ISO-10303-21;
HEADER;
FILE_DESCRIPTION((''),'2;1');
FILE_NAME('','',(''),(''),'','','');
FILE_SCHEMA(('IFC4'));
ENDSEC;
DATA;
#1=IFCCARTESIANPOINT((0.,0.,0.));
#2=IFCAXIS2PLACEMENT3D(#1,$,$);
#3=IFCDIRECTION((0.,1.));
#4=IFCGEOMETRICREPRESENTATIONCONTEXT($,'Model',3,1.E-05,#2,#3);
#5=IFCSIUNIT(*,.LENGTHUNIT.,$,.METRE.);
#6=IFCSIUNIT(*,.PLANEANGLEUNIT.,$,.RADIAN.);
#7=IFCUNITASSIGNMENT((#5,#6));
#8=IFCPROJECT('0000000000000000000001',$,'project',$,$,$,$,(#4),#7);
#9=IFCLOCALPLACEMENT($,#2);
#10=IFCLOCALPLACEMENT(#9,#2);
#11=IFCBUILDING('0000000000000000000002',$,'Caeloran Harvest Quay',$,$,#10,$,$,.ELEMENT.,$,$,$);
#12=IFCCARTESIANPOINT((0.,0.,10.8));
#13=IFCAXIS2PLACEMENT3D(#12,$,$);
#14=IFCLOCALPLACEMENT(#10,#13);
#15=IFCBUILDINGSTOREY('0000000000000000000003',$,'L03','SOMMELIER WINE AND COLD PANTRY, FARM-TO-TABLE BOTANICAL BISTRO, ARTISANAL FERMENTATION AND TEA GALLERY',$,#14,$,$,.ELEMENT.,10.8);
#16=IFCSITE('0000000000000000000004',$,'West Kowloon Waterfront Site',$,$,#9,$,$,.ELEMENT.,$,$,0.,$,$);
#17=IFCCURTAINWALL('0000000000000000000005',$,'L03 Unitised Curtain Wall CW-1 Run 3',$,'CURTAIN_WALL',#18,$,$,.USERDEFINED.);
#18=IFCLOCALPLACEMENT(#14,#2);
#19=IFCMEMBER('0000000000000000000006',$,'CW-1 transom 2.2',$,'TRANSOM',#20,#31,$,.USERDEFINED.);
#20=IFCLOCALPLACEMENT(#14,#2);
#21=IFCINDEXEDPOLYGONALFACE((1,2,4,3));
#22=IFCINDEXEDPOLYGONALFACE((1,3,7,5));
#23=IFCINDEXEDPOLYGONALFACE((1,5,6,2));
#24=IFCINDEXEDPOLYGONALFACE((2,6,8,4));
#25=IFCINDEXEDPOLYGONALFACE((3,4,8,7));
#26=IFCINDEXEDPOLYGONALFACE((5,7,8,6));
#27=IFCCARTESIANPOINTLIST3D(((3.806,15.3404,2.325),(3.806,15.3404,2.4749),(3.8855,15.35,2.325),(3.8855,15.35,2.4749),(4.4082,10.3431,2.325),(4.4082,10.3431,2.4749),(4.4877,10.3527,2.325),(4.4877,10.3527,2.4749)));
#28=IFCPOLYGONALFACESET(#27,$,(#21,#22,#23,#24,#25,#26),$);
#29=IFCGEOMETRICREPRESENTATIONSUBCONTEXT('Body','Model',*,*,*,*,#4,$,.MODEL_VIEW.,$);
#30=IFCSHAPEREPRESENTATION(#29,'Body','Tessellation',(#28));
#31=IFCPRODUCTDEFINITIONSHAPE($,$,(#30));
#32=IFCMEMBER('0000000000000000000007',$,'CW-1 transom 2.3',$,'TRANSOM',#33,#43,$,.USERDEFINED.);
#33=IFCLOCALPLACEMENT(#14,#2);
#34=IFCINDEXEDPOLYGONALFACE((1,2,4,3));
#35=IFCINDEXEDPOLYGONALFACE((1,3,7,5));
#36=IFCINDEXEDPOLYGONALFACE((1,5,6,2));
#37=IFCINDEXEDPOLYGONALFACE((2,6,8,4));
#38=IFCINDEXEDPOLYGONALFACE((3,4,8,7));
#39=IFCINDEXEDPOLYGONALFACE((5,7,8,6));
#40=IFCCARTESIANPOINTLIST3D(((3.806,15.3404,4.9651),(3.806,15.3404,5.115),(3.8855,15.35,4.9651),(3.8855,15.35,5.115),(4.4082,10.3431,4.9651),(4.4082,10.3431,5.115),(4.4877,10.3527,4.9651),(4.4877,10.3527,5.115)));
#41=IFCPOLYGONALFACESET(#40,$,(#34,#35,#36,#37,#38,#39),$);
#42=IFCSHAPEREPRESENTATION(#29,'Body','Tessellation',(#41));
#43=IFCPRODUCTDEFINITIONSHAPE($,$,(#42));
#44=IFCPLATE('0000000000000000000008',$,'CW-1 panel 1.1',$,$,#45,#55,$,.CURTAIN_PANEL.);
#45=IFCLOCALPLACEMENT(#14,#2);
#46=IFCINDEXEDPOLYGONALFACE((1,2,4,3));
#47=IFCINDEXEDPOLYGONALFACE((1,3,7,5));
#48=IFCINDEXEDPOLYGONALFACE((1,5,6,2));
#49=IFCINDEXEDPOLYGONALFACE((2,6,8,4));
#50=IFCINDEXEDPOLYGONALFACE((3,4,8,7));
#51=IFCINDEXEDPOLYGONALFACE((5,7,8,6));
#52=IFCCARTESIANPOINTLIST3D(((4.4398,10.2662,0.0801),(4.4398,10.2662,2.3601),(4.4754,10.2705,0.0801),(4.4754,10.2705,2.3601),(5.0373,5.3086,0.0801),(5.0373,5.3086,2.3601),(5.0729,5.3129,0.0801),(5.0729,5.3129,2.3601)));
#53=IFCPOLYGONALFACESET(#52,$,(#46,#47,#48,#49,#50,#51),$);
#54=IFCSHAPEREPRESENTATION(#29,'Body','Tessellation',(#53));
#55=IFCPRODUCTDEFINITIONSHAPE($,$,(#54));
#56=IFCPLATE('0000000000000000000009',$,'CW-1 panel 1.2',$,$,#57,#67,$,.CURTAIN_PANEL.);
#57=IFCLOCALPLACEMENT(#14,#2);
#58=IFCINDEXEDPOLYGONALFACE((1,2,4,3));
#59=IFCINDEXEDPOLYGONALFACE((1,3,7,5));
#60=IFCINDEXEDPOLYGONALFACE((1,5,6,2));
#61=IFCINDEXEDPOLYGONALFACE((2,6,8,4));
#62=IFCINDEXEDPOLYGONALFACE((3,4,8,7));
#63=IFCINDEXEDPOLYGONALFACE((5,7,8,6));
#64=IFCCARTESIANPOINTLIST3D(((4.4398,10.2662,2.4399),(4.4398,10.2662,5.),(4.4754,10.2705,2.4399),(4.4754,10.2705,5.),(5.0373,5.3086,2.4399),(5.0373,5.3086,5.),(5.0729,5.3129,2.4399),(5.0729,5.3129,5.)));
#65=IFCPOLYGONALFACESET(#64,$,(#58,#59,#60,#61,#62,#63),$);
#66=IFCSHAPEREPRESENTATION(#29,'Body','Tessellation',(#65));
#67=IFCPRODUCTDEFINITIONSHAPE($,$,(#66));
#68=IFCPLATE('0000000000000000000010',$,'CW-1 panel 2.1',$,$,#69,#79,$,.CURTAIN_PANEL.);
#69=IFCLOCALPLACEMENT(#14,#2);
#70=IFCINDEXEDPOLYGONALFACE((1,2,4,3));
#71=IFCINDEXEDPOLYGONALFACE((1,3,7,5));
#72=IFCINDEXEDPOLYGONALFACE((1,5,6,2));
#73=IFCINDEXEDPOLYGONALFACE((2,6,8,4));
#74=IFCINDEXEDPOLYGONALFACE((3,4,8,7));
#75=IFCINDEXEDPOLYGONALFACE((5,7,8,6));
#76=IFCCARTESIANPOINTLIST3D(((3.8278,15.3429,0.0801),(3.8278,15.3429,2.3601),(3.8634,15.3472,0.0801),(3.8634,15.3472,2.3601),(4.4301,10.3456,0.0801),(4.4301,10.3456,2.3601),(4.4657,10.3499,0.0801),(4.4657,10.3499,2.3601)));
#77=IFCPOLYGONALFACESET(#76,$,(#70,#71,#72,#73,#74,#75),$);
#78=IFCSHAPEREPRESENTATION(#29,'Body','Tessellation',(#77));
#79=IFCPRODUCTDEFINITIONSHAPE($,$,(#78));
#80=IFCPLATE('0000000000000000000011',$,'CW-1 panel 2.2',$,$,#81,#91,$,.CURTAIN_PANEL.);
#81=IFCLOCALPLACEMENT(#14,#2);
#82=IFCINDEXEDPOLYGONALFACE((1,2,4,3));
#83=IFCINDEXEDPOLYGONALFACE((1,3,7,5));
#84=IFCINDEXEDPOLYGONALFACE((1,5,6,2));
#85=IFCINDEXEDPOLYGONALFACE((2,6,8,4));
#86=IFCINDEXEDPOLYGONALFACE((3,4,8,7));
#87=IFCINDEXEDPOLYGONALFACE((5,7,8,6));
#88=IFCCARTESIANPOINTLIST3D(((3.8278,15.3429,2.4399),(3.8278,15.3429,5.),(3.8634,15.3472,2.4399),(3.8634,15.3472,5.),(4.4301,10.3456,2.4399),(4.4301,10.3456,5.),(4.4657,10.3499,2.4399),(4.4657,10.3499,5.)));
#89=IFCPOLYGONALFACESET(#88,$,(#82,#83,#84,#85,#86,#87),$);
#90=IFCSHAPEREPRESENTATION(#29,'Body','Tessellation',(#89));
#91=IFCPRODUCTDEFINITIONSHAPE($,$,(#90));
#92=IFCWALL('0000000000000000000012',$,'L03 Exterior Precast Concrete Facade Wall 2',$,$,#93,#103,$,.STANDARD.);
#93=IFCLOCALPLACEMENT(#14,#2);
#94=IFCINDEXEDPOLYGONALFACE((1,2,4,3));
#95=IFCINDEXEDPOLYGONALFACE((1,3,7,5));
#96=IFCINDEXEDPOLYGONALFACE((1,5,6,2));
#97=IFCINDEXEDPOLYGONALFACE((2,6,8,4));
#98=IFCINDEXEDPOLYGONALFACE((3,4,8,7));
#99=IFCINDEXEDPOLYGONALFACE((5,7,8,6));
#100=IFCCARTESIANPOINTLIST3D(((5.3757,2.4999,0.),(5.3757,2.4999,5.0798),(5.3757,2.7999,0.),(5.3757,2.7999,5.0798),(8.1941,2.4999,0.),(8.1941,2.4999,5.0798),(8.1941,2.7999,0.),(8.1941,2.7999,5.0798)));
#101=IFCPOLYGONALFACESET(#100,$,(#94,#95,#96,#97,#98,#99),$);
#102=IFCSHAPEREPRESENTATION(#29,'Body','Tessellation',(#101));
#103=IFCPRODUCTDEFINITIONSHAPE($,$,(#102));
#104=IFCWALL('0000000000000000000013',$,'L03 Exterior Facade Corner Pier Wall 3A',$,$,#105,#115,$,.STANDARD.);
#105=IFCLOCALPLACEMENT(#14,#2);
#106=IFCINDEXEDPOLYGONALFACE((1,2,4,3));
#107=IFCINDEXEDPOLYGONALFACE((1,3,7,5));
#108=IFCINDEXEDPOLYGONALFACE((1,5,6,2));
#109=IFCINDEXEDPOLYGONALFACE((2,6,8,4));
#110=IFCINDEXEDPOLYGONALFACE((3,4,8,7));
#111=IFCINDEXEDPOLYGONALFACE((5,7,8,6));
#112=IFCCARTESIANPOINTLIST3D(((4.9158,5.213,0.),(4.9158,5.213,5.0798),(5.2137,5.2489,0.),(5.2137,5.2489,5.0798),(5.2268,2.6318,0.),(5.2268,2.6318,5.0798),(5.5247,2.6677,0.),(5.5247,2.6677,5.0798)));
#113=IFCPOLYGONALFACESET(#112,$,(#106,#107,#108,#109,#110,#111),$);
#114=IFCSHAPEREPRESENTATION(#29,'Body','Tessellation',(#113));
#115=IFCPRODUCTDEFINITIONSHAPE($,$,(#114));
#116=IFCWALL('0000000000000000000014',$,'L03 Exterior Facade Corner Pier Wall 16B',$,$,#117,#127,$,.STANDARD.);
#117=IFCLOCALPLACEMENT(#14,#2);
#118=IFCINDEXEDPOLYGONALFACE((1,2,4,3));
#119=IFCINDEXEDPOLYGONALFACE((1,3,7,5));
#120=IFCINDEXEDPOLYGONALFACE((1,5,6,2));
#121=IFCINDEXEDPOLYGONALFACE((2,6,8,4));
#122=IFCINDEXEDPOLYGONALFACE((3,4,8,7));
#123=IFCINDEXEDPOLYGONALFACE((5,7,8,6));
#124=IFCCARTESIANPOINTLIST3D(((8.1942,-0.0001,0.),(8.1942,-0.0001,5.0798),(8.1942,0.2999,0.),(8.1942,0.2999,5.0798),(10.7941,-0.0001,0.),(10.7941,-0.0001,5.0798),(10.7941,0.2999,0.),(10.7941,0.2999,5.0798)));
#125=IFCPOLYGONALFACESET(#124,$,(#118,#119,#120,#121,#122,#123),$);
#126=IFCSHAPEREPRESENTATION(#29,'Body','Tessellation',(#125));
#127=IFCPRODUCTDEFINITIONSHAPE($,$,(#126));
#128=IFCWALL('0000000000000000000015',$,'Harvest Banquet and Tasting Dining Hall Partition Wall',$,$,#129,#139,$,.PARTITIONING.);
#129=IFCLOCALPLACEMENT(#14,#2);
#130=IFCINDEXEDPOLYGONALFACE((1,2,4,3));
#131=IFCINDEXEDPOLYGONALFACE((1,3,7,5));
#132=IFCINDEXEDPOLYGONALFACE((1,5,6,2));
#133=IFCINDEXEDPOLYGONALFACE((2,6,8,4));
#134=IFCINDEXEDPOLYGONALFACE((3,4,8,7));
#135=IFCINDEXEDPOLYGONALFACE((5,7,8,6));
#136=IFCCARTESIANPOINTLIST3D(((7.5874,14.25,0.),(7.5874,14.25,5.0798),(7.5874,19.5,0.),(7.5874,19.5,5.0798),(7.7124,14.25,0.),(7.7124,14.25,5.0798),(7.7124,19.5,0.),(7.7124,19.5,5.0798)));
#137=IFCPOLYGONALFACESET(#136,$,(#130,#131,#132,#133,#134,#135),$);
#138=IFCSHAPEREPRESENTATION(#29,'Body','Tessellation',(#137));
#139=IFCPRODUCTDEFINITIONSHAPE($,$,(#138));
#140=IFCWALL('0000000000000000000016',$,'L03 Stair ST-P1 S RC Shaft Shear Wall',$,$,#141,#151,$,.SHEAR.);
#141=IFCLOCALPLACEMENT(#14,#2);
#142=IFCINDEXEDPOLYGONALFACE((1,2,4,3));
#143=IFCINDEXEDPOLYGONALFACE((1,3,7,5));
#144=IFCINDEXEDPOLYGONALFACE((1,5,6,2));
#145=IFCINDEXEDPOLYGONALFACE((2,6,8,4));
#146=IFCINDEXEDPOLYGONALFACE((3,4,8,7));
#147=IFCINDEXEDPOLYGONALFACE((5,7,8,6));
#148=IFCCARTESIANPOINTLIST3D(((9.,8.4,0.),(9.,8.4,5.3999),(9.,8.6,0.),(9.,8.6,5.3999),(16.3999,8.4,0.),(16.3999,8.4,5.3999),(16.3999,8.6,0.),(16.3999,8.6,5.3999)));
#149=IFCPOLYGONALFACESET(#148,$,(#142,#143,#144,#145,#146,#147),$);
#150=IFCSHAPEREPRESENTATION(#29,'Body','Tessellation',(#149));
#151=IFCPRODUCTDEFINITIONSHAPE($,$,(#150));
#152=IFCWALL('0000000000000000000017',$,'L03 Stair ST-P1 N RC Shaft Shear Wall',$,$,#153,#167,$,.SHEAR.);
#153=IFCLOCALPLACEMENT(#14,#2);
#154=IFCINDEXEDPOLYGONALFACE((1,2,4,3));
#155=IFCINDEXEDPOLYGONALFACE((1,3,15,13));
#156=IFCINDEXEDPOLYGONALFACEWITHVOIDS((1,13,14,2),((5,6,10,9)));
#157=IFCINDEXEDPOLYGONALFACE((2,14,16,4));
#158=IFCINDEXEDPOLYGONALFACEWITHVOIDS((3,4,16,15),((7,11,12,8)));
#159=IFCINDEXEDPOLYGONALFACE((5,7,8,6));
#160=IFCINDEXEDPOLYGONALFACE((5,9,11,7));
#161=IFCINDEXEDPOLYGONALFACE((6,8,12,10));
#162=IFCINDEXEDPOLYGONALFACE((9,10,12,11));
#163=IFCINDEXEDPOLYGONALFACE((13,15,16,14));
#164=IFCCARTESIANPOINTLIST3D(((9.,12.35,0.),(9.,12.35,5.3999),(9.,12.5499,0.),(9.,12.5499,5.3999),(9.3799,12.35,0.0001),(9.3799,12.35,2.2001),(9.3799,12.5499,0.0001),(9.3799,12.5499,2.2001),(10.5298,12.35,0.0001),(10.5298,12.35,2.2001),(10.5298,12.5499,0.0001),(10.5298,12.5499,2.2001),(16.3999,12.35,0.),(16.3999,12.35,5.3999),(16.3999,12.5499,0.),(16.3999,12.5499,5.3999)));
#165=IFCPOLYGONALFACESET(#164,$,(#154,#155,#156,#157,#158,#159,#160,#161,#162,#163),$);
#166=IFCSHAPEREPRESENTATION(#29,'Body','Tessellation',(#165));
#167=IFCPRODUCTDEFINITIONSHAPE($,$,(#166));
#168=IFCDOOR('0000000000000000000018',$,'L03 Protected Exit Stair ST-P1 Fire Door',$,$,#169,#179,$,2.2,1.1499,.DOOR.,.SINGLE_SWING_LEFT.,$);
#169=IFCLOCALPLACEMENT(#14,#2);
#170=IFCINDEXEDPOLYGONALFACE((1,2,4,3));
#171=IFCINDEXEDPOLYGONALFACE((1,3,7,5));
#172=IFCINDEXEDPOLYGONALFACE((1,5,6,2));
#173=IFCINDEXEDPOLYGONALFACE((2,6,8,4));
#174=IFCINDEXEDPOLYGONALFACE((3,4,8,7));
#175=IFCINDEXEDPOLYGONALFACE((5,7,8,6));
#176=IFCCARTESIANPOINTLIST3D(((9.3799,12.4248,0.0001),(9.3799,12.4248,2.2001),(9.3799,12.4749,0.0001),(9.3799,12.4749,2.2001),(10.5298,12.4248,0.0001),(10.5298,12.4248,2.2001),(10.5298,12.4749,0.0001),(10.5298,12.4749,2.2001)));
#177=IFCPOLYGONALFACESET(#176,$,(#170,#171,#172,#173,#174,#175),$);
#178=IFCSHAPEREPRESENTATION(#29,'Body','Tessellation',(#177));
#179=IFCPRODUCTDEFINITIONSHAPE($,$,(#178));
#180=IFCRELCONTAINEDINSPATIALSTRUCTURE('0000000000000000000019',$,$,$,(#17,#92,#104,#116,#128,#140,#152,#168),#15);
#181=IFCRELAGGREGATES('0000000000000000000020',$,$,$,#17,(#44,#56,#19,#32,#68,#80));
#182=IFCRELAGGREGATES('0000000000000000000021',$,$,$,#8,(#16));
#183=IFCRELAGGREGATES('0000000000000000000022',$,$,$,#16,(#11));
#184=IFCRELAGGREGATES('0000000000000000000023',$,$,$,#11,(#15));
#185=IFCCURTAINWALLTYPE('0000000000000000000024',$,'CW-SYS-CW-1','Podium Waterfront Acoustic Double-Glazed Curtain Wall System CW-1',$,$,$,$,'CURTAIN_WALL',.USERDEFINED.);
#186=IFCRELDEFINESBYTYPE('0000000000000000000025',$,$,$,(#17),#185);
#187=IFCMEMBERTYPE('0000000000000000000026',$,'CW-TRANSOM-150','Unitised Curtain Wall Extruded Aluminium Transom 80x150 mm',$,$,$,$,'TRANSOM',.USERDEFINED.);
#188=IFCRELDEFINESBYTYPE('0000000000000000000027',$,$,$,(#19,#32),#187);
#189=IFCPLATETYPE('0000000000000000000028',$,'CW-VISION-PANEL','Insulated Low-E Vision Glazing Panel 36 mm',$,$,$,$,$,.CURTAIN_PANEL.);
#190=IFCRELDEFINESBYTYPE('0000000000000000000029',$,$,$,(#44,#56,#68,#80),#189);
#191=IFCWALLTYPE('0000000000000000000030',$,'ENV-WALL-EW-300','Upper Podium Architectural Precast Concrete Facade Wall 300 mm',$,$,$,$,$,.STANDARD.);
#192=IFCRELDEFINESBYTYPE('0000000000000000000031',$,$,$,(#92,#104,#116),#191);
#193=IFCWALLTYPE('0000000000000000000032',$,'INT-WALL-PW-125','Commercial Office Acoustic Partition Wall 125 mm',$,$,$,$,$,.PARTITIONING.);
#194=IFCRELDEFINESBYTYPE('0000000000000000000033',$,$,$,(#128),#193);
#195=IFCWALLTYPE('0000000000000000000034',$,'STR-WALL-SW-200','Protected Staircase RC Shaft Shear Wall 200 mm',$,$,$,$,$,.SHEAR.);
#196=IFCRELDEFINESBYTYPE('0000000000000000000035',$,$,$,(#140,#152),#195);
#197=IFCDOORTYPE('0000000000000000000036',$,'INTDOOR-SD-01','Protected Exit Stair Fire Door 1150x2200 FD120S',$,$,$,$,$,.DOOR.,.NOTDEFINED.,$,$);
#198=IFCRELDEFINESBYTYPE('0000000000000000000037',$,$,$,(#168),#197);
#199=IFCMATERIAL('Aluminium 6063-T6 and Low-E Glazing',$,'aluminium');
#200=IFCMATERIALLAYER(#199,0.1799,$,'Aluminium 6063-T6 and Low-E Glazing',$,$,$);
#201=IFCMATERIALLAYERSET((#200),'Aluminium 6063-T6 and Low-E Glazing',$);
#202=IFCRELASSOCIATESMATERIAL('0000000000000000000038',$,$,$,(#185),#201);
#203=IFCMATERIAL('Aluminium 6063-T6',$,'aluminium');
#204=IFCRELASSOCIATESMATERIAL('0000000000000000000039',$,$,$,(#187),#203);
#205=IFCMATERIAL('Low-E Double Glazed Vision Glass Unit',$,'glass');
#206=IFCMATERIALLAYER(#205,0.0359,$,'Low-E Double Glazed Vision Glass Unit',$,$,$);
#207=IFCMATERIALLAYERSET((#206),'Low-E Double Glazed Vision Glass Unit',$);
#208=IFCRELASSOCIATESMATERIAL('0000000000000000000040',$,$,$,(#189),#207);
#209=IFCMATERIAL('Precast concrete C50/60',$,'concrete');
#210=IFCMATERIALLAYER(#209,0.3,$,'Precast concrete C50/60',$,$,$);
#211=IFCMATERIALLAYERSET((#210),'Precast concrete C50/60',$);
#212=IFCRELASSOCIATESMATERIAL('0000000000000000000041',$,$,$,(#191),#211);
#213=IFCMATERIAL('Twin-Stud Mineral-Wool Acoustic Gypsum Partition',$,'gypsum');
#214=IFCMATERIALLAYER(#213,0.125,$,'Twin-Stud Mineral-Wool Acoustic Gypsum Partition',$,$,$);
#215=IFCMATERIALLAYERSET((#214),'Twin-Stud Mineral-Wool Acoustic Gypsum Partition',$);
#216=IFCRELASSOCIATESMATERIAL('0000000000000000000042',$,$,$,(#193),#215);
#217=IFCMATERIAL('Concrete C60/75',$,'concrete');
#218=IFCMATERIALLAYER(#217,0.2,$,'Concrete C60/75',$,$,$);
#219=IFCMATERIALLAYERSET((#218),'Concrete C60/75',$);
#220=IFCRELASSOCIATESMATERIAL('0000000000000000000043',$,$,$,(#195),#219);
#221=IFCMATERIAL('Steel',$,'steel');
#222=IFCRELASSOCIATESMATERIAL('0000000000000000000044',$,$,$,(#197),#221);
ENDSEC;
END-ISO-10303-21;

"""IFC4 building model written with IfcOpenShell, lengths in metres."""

from ifc_helpers import new_model, si_unit, direction, frame, frame_2d, origin, origin_2d, place, context, subcontext, project, spatial, rectangle, extrude, material, layer, layer_set, material_profile, profile_set, type_object, element, fill, aggregate, save


model = new_model("IFC4")

# Units and contexts
model_context = context("Model", 3, precision=1e-05, world=origin(), true_north=direction((0.0, 1.0)))
body_context = subcontext(model_context, "Body", "Model", "MODEL_VIEW")
ifc_project = project(units=[si_unit("LENGTHUNIT", "METRE"), si_unit("PLANEANGLEUNIT", "RADIAN")], contexts=[model_context])

# Site, building, storey
site_placement = place(None, origin())
site = spatial("IfcSite", under=ifc_project, at=site_placement, Name="West Kowloon Waterfront Site", CompositionType="ELEMENT", RefElevation=0.0)
building_placement = place(site_placement, origin())
building = spatial("IfcBuilding", under=site, at=building_placement, Name="Caeloran Harvest Quay", CompositionType="ELEMENT")
storey_placement = place(building_placement, frame((0.0, 0.0, 10.8)))
storey = spatial("IfcBuildingStorey", under=building, at=storey_placement, Name="L03", Description="SOMMELIER WINE AND COLD PANTRY, FARM-TO-TABLE BOTANICAL BISTRO, ARTISANAL FERMENTATION AND TEA GALLERY", CompositionType="ELEMENT", Elevation=10.8)

# Curtain wall
ifc_material_1 = material(Name="Aluminium 6063-T6 and Low-E Glazing", Category="aluminium")
ifc_layer_1 = layer(ifc_material_1, 0.1799, Name="Aluminium 6063-T6 and Low-E Glazing")
ifc_layer_set_1 = layer_set([ifc_layer_1], Name="Aluminium 6063-T6 and Low-E Glazing")
curtain_wall_type = type_object("IfcCurtainWallType", Name="CW-SYS-CW-1", Description="Podium Waterfront Acoustic Double-Glazed Curtain Wall System CW-1", ElementType="CURTAIN_WALL", PredefinedType="USERDEFINED", material=ifc_layer_set_1)
curtain_wall_1_placement = place(storey_placement, origin())
curtain_wall_1 = element("IfcCurtainWall", 1, at=curtain_wall_1_placement, inside=storey, type_object=curtain_wall_type, Name="L03 Unitised Curtain Wall CW-1 Run 3", ObjectType="CURTAIN_WALL", PredefinedType="USERDEFINED")
ifc_material_2 = material(Name="Aluminium 6063-T6", Category="aluminium")

# Members
ifc_material_profile_1 = material_profile(ifc_material_2, rectangle(XDim=0.0801, YDim=0.1499, at=origin_2d()), Name="CW-TRANSOM-150")
ifc_profile_set_1 = profile_set([ifc_material_profile_1], Name="Aluminium 6063-T6")
member_type_1 = type_object("IfcMemberType", Name="CW-TRANSOM-150", Description="Unitised Curtain Wall Extruded Aluminium Transom 80x150 mm", ElementType="TRANSOM", PredefinedType="USERDEFINED", material=ifc_profile_set_1)
member_1_placement = place(storey_placement, frame((4.448, 10.3479, 2.3999), z_axis=(-0.119658, 0.992815, 0.0), x_axis=(-0.992815, -0.119658, 0.0)))
member_1 = element("IfcMember", 2, at=member_1_placement, type_object=member_type_1, Name="CW-1 transom 2.2", ObjectType="TRANSOM", PredefinedType="USERDEFINED", context=body_context, shape_type="SweptSolid", body=[
    extrude(rectangle(XDim=0.0801, YDim=0.1499, at=origin_2d()), origin(), (0.0, 0.0, 1.0), 5.0334),
])
member_2_placement = place(storey_placement, frame((4.448, 10.3479, 5.04), z_axis=(-0.119658, 0.992815, 0.0), x_axis=(-0.992815, -0.119658, 0.0)))
member_2 = element("IfcMember", 3, at=member_2_placement, type_object=member_type_1, Name="CW-1 transom 2.3", ObjectType="TRANSOM", PredefinedType="USERDEFINED", context=body_context, shape_type="SweptSolid", body=[
    extrude(rectangle(XDim=0.0801, YDim=0.1499, at=origin_2d()), origin(), (0.0, 0.0, 1.0), 5.0334),
])

# Plates
ifc_material_3 = material(Name="Low-E Double Glazed Vision Glass Unit", Category="glass")
ifc_layer_2 = layer(ifc_material_3, 0.0359, Name="Low-E Double Glazed Vision Glass Unit")
ifc_layer_set_2 = layer_set([ifc_layer_2], Name="Low-E Double Glazed Vision Glass Unit")
plate_type = type_object("IfcPlateType", Name="CW-VISION-PANEL", Description="Insulated Low-E Vision Glazing Panel 36 mm", PredefinedType="CURTAIN_PANEL", material=ifc_layer_set_2)
plate_1_placement = place(storey_placement, frame((4.7563, 7.7896, 0.0801), z_axis=(0.0, 0.0, 1.0), x_axis=(-0.119655, 0.992816, 0.0)))
plate_1 = element("IfcPlate", 4, at=plate_1_placement, type_object=plate_type, Name="CW-1 panel 1.1", PredefinedType="CURTAIN_PANEL", context=body_context, shape_type="SweptSolid", body=[
    extrude(rectangle(XDim=4.9934, YDim=0.0359, at=origin_2d()), origin(), (0.0, 0.0, 1.0), 2.28),
])
plate_2_placement = place(storey_placement, frame((4.7563, 7.7896, 2.4399), z_axis=(0.0, 0.0, 1.0), x_axis=(-0.119655, 0.992816, 0.0)))
plate_2 = element("IfcPlate", 5, at=plate_2_placement, type_object=plate_type, Name="CW-1 panel 1.2", PredefinedType="CURTAIN_PANEL", context=body_context, shape_type="SweptSolid", body=[
    extrude(rectangle(XDim=4.9934, YDim=0.0359, at=origin_2d()), origin(), (0.0, 0.0, 1.0), 2.5601),
])
plate_3_placement = place(storey_placement, frame((4.1467, 12.8464, 0.0801), z_axis=(0.0, 0.0, 1.0), x_axis=(-0.119655, 0.992816, 0.0)))
plate_3 = element("IfcPlate", 6, at=plate_3_placement, type_object=plate_type, Name="CW-1 panel 2.1", PredefinedType="CURTAIN_PANEL", context=body_context, shape_type="SweptSolid", body=[
    extrude(rectangle(XDim=5.0334, YDim=0.0359, at=origin_2d()), origin(), (0.0, 0.0, 1.0), 2.28),
])
plate_4_placement = place(storey_placement, frame((4.1467, 12.8464, 2.4399), z_axis=(0.0, 0.0, 1.0), x_axis=(-0.119655, 0.992816, 0.0)))
plate_4 = element("IfcPlate", 7, at=plate_4_placement, type_object=plate_type, Name="CW-1 panel 2.2", PredefinedType="CURTAIN_PANEL", context=body_context, shape_type="SweptSolid", body=[
    extrude(rectangle(XDim=5.0334, YDim=0.0359, at=origin_2d()), origin(), (0.0, 0.0, 1.0), 2.5601),
])
aggregate(curtain_wall_1, [plate_1, plate_2, member_1, member_2, plate_3, plate_4])

# Walls
ifc_material_4 = material(Name="Precast concrete C50/60", Category="concrete")
ifc_layer_3 = layer(ifc_material_4, 0.3, Name="Precast concrete C50/60")
ifc_layer_set_3 = layer_set([ifc_layer_3], Name="Precast concrete C50/60")
wall_type_1 = type_object("IfcWallType", Name="ENV-WALL-EW-300", Description="Upper Podium Architectural Precast Concrete Facade Wall 300 mm", PredefinedType="STANDARD", material=ifc_layer_set_3)
wall_1_placement = place(storey_placement, frame((8.1941, 2.6499, 0.0), z_axis=(0.0, 0.0, 1.0), x_axis=(-1.0, 0.0, 0.0)))
element("IfcWall", 8, at=wall_1_placement, inside=storey, type_object=wall_type_1, Name="L03 Exterior Precast Concrete Facade Wall 2", PredefinedType="STANDARD", context=body_context, shape_type="SweptSolid", body=[
    extrude(rectangle(XDim=2.8184, YDim=0.3, at=frame_2d((1.4092, 0.0))), origin(), (0.0, 0.0, 1.0), 5.0798),
])
for number, where, z_axis, x_axis, name in (
    (9, (5.3757, 2.6499, 0.0), (0.0, 0.0, 1.0), (-0.11963, 0.992819, 0.0), "L03 Exterior Facade Corner Pier Wall 3A"),
    (10, (10.7939, 0.1499, 0.0), (0.0, 0.0, 1.0), (-1.0, 0.0, 0.0), "L03 Exterior Facade Corner Pier Wall 16B"),
):
    element("IfcWall", number, at=place(storey_placement, frame(where, z_axis=z_axis, x_axis=x_axis)), inside=storey, type_object=wall_type_1, Name=name, PredefinedType="STANDARD", context=body_context, shape_type="SweptSolid", body=[
        extrude(rectangle(XDim=2.5999, YDim=0.3, at=frame_2d((1.2998, 0.0))), origin(), (0.0, 0.0, 1.0), 5.0798),
    ])
ifc_material_5 = material(Name="Twin-Stud Mineral-Wool Acoustic Gypsum Partition", Category="gypsum")
ifc_layer_4 = layer(ifc_material_5, 0.125, Name="Twin-Stud Mineral-Wool Acoustic Gypsum Partition")
ifc_layer_set_4 = layer_set([ifc_layer_4], Name="Twin-Stud Mineral-Wool Acoustic Gypsum Partition")
wall_type_2 = type_object("IfcWallType", Name="INT-WALL-PW-125", Description="Commercial Office Acoustic Partition Wall 125 mm", PredefinedType="PARTITIONING", material=ifc_layer_set_4)
wall_2_placement = place(storey_placement, frame((7.6499, 14.25, 0.0), z_axis=(0.0, 0.0, 1.0), x_axis=(0.0, 1.0, 0.0)))
element("IfcWall", 11, at=wall_2_placement, inside=storey, type_object=wall_type_2, Name="Harvest Banquet and Tasting Dining Hall Partition Wall", PredefinedType="PARTITIONING", context=body_context, shape_type="SweptSolid", body=[
    extrude(rectangle(XDim=5.25, YDim=0.125, at=frame_2d((2.625, 0.0))), origin(), (0.0, 0.0, 1.0), 5.0798),
])
ifc_material_6 = material(Name="Concrete C60/75", Category="concrete")
ifc_layer_5 = layer(ifc_material_6, 0.2, Name="Concrete C60/75")
ifc_layer_set_5 = layer_set([ifc_layer_5], Name="Concrete C60/75")
wall_type_3 = type_object("IfcWallType", Name="STR-WALL-SW-200", Description="Protected Staircase RC Shaft Shear Wall 200 mm", PredefinedType="SHEAR", material=ifc_layer_set_5)
wall_3_placement = place(storey_placement, frame((9.0, 8.5, 0.0), z_axis=(0.0, 0.0, 1.0), x_axis=(1.0, 0.0, 0.0)))
element("IfcWall", 12, at=wall_3_placement, inside=storey, type_object=wall_type_3, Name="L03 Stair ST-P1 S RC Shaft Shear Wall", PredefinedType="SHEAR", context=body_context, shape_type="SweptSolid", body=[
    extrude(rectangle(XDim=7.3999, YDim=0.2, at=frame_2d((3.7, 0.0))), origin(), (0.0, 0.0, 1.0), 5.3999),
])

# Wall, opening, door
wall_4_placement = place(storey_placement, frame((9.0, 12.45, 0.0), z_axis=(0.0, 0.0, 1.0), x_axis=(1.0, 0.0, 0.0)))
wall_4 = element("IfcWall", 13, at=wall_4_placement, inside=storey, type_object=wall_type_3, Name="L03 Stair ST-P1 N RC Shaft Shear Wall", PredefinedType="SHEAR", context=body_context, shape_type="SweptSolid", body=[
    extrude(rectangle(XDim=7.3999, YDim=0.2, at=frame_2d((3.7, 0.0))), origin(), (0.0, 0.0, 1.0), 5.3999),
])
opening_placement = place(wall_4_placement, frame((0.3799, 0.0, 0.0)))
opening = element("IfcOpeningElement", 14, at=opening_placement, cuts=wall_4, PredefinedType="OPENING", context=body_context, shape_type="SweptSolid", body=[
    extrude(rectangle(XDim=1.1499, YDim=2.2, at=frame_2d((0.575, 1.1001))), frame((0.0, 0.1099, 0.0), z_axis=(0.0, -1.0, 0.0), x_axis=(1.0, 0.0, 0.0)), (0.0, 0.0, 1.0), 0.22),
])
ifc_material_7 = material(Name="Steel", Category="steel")
door_type = type_object("IfcDoorType", Name="INTDOOR-SD-01", Description="Protected Exit Stair Fire Door 1150x2200 FD120S", OperationType="NOTDEFINED", PredefinedType="DOOR", material=ifc_material_7)
door_placement = place(opening_placement, origin())
door = element("IfcDoor", 15, at=door_placement, inside=storey, type_object=door_type, Name="L03 Protected Exit Stair ST-P1 Fire Door", OperationType="SINGLE_SWING_LEFT", OverallHeight=2.2, OverallWidth=1.1499, PredefinedType="DOOR", context=body_context, shape_type="SweptSolid", body=[
    extrude(rectangle(XDim=1.1499, YDim=2.2, at=frame_2d((0.575, 1.1001))), frame((0.0, 0.0249, 0.0), z_axis=(0.0, -1.0, 0.0), x_axis=(1.0, 0.0, 0.0)), (0.0, 0.0, 1.0), 0.05),
])
fill(opening, door)

save(model, "model.ifc")
